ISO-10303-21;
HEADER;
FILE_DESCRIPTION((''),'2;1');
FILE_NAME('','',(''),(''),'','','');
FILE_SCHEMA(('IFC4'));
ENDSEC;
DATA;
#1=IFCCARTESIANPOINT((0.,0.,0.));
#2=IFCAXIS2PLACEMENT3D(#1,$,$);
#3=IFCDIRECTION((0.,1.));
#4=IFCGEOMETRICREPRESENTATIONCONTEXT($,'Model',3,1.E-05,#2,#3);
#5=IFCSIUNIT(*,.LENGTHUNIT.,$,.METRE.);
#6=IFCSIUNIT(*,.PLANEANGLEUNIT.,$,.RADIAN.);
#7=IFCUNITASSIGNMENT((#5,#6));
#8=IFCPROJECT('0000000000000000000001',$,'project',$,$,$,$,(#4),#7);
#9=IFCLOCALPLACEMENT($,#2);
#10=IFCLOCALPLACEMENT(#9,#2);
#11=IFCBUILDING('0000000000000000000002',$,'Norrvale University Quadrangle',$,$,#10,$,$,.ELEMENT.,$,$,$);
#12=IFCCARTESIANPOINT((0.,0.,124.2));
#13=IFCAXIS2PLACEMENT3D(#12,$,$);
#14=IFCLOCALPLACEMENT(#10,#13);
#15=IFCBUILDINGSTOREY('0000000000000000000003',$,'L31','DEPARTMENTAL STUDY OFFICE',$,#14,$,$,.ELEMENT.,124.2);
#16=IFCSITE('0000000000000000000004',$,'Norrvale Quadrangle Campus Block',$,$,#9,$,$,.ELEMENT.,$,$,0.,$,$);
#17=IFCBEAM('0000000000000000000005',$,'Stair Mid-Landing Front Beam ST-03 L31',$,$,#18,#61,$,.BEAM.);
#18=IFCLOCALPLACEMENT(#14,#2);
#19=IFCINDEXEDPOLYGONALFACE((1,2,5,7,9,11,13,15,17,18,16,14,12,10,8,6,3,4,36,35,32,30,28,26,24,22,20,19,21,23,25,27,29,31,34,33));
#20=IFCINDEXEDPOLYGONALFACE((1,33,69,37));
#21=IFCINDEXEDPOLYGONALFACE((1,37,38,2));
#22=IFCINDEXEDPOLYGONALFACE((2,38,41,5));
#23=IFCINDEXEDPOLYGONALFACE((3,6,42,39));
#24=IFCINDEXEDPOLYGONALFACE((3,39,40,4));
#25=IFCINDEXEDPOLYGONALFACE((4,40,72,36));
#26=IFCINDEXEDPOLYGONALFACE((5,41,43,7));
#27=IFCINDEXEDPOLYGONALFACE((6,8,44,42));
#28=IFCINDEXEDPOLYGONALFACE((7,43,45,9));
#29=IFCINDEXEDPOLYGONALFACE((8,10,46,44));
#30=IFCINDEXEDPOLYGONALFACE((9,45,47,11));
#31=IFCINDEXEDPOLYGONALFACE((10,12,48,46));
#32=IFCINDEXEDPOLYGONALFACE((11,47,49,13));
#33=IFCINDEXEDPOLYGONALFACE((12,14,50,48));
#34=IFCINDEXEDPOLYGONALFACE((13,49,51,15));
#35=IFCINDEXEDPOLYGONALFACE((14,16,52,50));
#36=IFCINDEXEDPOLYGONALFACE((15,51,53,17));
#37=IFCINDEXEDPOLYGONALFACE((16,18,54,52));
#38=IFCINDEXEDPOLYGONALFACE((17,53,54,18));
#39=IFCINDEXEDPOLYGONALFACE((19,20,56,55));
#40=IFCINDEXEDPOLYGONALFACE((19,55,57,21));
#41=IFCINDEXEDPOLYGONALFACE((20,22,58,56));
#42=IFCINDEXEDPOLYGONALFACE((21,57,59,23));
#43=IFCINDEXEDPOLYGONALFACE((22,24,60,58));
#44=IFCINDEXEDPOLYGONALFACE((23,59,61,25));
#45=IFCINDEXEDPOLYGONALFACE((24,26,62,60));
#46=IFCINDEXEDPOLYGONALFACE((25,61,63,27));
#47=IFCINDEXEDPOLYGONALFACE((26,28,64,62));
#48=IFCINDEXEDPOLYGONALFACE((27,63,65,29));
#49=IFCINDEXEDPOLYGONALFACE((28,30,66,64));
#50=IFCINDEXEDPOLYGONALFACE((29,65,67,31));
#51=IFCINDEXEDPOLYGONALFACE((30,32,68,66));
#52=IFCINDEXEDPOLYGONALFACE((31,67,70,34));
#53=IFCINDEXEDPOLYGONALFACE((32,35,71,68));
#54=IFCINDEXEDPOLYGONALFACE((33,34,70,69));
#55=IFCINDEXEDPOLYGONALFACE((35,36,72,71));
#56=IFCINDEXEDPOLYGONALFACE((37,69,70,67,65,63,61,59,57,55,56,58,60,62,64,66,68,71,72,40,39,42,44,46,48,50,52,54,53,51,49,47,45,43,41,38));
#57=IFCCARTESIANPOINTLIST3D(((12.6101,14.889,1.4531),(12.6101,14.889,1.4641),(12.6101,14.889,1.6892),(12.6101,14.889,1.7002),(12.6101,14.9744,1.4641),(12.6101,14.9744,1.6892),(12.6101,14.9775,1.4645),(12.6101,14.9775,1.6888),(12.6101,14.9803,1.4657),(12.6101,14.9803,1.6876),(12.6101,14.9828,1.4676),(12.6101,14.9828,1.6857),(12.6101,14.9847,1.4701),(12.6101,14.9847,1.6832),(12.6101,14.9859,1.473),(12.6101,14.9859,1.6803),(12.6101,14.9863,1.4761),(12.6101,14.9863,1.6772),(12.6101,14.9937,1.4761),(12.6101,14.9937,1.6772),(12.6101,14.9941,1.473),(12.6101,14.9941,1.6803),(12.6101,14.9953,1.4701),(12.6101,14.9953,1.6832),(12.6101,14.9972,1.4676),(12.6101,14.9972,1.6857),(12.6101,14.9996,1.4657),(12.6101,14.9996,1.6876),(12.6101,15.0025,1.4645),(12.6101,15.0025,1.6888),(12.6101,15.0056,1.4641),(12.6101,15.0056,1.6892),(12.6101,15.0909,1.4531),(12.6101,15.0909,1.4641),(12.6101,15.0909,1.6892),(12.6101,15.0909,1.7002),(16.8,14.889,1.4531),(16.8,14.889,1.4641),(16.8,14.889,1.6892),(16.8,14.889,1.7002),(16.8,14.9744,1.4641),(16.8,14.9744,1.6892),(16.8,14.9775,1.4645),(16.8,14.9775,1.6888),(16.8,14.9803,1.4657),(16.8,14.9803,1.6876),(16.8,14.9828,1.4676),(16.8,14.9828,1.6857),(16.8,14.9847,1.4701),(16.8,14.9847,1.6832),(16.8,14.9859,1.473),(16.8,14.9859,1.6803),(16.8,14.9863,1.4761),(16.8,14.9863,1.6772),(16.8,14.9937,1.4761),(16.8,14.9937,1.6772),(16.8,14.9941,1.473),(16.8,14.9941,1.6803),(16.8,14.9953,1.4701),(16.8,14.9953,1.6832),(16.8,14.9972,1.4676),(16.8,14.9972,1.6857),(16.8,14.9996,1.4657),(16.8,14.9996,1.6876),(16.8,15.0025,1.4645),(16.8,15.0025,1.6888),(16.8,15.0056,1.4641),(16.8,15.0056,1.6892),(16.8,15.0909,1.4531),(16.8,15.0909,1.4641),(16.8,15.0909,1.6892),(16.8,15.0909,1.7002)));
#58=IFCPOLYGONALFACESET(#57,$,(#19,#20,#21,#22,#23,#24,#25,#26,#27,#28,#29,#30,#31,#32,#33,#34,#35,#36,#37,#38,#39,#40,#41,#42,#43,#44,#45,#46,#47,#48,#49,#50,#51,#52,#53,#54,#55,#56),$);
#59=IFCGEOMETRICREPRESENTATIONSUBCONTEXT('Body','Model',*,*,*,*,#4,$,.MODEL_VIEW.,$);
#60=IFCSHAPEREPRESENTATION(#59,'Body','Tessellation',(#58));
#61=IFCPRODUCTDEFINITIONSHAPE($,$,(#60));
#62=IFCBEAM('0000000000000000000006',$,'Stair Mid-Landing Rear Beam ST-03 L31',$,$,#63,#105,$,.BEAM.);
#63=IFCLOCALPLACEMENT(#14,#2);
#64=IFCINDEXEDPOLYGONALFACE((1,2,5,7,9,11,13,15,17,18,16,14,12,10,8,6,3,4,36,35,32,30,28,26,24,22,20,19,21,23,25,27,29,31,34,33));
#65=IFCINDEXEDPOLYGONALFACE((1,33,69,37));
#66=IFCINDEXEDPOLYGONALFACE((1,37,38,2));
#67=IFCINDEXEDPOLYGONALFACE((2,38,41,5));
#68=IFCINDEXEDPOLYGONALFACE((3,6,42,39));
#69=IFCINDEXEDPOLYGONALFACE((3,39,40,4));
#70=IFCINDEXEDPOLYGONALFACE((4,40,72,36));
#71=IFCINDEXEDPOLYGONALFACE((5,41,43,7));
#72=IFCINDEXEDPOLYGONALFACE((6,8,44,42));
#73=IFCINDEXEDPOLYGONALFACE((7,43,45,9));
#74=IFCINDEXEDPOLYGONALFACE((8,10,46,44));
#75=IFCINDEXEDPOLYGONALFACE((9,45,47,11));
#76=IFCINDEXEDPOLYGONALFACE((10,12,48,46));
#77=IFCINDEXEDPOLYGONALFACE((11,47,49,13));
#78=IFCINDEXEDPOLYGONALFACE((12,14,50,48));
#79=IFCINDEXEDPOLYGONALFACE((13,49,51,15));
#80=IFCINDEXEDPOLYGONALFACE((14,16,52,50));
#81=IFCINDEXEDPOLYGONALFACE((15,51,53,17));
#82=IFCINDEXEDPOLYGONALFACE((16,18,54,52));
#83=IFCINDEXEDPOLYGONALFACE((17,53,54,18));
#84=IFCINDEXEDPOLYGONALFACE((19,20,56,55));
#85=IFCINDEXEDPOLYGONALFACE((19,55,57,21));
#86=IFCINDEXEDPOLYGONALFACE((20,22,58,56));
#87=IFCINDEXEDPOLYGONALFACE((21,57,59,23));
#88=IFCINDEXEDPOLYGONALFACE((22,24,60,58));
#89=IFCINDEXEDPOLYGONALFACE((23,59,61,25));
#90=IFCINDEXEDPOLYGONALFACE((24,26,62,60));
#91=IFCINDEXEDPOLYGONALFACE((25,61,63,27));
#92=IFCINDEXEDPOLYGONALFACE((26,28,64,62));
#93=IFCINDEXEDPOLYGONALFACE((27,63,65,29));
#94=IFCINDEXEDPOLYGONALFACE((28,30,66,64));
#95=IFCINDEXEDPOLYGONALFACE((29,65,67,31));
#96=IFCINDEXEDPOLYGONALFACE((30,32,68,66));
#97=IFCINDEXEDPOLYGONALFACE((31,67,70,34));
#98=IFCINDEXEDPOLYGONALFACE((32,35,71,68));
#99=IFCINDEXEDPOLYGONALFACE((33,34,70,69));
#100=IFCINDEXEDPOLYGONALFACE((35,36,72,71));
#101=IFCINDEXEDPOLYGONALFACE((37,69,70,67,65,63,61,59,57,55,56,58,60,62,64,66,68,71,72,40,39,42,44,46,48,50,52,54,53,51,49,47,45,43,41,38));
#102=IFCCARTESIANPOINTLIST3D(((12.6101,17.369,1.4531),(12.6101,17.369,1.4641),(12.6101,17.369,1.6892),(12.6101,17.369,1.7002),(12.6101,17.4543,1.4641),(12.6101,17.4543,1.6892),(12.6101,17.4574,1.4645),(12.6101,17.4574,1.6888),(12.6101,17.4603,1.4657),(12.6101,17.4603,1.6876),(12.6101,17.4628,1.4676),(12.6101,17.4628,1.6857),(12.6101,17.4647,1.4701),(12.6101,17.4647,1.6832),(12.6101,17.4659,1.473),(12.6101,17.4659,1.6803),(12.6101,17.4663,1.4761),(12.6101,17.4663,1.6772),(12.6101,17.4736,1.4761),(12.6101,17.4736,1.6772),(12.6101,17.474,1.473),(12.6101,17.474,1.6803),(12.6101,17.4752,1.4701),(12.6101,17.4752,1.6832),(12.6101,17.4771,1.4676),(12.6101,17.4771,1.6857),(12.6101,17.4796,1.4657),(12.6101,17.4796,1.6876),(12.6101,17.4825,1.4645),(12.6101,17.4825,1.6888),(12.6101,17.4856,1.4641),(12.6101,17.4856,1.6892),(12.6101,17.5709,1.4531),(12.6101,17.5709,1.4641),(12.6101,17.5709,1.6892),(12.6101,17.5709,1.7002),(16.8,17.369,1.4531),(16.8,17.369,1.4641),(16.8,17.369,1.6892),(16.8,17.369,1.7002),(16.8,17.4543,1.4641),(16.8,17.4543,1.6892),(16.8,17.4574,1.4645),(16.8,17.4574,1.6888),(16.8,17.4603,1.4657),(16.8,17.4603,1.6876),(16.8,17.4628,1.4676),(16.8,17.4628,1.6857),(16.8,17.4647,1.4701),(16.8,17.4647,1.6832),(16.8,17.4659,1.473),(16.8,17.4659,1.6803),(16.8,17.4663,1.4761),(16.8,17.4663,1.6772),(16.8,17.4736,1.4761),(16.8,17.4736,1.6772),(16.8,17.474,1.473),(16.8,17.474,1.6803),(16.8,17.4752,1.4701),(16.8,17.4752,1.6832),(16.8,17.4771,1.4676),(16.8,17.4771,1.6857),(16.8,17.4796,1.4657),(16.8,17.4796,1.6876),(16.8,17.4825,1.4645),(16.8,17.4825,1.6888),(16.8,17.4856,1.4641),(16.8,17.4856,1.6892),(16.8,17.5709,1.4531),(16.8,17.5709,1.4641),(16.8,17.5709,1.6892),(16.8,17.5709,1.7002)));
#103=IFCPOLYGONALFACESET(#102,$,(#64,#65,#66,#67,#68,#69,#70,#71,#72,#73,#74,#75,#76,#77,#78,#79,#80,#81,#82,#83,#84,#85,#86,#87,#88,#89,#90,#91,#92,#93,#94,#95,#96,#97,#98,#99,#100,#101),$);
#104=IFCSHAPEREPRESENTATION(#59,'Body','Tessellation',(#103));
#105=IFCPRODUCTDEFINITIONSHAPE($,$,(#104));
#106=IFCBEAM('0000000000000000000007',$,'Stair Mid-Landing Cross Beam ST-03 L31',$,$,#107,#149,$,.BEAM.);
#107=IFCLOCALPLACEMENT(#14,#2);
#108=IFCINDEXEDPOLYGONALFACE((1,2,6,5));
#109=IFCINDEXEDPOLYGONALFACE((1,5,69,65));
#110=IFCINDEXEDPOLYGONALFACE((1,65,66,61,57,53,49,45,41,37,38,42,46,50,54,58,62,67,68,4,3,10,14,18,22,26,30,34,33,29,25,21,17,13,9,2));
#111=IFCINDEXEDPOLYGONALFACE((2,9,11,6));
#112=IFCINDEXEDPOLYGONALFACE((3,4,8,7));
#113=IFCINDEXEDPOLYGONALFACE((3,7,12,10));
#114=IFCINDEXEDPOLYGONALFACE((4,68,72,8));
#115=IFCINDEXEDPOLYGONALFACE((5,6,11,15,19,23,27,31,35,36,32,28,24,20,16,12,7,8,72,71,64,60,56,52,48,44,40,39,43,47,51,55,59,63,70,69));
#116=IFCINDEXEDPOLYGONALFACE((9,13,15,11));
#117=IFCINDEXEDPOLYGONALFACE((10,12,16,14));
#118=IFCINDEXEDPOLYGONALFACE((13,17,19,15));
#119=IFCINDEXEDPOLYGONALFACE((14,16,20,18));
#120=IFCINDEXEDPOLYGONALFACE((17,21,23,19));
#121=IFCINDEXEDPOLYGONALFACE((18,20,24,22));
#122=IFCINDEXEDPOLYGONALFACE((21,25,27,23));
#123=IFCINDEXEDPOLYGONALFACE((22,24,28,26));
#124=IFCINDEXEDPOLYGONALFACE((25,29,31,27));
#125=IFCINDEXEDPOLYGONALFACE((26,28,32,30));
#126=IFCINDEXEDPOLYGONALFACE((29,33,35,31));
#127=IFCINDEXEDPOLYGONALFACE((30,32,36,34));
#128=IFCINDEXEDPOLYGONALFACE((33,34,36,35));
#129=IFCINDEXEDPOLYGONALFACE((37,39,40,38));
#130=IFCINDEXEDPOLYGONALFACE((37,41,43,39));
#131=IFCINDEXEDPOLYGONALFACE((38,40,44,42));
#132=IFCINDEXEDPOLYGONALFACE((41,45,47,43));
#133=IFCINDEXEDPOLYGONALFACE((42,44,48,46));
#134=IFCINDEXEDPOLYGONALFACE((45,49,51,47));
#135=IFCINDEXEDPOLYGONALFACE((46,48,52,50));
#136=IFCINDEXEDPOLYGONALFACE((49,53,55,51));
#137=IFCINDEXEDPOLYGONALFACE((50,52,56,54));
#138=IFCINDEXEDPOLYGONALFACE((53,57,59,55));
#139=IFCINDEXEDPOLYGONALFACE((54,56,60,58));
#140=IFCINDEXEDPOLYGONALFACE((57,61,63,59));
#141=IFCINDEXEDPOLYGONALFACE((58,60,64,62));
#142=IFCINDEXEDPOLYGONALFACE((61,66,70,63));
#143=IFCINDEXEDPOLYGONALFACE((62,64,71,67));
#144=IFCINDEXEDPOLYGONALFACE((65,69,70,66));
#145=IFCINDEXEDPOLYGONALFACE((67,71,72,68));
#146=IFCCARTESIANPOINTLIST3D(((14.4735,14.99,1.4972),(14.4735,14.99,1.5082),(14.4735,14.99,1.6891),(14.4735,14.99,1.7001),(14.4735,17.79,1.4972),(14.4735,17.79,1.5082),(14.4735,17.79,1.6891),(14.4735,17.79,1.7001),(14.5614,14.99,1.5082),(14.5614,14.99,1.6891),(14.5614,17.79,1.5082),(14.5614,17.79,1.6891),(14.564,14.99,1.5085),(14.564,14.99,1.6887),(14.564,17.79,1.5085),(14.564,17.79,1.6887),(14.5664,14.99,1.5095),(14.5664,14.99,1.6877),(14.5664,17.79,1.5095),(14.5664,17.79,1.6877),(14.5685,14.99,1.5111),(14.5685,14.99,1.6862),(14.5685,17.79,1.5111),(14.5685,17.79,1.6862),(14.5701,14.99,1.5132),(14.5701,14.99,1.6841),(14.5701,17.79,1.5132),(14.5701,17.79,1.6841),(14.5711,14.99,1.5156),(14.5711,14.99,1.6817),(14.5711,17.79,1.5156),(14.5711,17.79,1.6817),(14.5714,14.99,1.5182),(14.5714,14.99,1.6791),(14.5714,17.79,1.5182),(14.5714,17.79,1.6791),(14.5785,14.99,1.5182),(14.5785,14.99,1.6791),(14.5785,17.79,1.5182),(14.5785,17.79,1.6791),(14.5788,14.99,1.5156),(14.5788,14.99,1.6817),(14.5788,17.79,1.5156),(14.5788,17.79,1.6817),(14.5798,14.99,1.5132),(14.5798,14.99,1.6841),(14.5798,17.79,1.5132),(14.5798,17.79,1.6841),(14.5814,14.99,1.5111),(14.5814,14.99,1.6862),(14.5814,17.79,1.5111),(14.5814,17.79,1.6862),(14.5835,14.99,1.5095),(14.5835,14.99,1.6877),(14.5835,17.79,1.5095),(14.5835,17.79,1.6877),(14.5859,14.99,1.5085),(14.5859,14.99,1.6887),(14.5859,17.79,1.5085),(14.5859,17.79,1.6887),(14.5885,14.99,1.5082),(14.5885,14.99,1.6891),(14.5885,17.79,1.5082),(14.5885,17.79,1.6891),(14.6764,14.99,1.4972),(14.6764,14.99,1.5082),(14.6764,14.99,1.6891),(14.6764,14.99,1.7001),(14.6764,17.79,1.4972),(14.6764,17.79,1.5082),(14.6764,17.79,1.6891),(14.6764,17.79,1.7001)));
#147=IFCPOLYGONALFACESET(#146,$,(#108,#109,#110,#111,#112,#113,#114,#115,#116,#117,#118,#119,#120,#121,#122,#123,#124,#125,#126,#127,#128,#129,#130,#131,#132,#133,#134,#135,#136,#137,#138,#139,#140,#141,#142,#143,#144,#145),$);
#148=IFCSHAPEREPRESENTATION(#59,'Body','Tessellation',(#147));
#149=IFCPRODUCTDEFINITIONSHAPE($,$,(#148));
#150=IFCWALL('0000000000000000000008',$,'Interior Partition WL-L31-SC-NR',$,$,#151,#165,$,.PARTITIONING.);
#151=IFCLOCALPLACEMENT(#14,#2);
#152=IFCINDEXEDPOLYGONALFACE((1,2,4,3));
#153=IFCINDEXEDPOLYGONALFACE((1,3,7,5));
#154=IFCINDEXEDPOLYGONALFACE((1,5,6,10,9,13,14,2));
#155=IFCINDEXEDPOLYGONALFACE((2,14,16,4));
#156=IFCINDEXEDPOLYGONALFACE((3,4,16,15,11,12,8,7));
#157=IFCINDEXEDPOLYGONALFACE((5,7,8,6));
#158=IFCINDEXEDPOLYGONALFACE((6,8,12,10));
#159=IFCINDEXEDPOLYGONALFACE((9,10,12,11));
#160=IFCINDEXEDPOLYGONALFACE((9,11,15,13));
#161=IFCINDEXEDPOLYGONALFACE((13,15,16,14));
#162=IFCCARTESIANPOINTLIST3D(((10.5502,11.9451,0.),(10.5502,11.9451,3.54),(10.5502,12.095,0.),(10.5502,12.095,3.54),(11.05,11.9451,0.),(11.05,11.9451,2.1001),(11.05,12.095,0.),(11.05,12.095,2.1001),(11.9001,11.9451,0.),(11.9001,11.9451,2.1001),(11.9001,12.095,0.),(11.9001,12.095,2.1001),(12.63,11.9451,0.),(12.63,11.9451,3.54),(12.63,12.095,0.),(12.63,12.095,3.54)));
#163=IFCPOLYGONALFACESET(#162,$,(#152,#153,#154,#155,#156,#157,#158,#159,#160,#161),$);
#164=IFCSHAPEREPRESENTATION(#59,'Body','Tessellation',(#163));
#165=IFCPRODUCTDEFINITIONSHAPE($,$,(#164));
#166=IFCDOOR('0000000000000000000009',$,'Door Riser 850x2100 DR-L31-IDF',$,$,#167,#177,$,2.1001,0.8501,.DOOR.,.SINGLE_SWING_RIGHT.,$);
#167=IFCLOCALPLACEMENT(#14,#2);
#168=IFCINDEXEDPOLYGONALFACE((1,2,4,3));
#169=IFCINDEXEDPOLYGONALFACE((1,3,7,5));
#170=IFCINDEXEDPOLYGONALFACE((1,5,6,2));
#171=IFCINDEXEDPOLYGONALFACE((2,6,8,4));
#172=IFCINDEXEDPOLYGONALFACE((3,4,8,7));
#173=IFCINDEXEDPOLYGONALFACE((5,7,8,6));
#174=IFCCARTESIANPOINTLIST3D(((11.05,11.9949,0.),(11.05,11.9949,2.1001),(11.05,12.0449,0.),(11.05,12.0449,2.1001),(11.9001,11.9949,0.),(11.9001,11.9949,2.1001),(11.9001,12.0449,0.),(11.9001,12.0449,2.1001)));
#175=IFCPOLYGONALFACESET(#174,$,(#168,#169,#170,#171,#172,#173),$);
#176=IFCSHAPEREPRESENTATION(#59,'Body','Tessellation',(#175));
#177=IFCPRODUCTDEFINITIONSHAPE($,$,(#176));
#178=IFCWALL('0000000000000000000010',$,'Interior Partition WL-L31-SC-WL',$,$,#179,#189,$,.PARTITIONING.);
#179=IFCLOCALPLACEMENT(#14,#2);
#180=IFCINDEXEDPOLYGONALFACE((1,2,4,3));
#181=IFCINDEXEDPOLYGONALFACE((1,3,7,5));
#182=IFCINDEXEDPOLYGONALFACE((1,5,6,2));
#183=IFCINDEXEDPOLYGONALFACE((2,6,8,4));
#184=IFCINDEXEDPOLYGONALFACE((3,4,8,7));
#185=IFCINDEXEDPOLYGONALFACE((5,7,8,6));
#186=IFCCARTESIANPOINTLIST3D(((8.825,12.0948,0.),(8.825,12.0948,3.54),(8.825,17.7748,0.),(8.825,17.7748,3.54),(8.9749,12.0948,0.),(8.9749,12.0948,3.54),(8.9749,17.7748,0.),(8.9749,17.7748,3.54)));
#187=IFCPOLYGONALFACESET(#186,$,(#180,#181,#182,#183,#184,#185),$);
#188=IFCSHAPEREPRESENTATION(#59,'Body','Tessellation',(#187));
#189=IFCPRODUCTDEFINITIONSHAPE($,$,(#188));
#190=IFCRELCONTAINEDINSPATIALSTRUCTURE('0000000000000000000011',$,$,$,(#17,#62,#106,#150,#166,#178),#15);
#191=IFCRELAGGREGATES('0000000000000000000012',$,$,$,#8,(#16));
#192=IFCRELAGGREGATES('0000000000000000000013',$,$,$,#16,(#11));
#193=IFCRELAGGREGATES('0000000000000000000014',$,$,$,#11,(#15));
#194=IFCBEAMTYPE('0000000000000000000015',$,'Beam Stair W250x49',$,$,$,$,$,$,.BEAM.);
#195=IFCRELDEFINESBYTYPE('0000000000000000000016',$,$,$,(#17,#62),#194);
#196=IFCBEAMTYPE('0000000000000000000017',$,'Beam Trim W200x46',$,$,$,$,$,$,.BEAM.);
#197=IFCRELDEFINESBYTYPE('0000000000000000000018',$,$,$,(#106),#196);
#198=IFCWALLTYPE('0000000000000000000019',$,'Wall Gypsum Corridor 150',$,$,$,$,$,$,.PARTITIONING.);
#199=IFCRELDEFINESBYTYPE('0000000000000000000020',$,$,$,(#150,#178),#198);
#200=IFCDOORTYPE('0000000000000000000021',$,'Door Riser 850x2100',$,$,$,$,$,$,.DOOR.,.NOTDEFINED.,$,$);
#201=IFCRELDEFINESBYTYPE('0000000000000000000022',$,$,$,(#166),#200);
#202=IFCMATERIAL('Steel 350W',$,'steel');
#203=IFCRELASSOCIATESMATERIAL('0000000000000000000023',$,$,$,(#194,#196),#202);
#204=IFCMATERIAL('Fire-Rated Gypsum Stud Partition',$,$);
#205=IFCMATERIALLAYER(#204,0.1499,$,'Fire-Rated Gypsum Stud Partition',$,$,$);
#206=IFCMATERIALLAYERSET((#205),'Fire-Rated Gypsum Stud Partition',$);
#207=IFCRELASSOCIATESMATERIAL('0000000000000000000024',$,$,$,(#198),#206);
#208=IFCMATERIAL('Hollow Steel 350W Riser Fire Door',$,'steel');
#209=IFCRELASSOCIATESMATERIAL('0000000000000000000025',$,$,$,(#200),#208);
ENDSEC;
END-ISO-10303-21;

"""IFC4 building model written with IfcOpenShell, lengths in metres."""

from ifc_helpers import new_model, si_unit, direction, frame, frame_2d, origin, origin_2d, place, context, subcontext, project, spatial, rectangle, i_section, extrude, material, layer, layer_set, material_profile, profile_set, type_object, element, fill, save


model = new_model("IFC4")

# Units and contexts
model_context = context("Model", 3, precision=1e-05, world=origin(), true_north=direction((0.0, 1.0)))
body_context = subcontext(model_context, "Body", "Model", "MODEL_VIEW")
ifc_project = project(units=[si_unit("LENGTHUNIT", "METRE"), si_unit("PLANEANGLEUNIT", "RADIAN")], contexts=[model_context])

# Site, building, storey
site_placement = place(None, origin())
site = spatial("IfcSite", under=ifc_project, at=site_placement, Name="Norrvale Quadrangle Campus Block", CompositionType="ELEMENT", RefElevation=0.0)
building_placement = place(site_placement, origin())
building = spatial("IfcBuilding", under=site, at=building_placement, Name="Norrvale University Quadrangle", CompositionType="ELEMENT")
storey_placement = place(building_placement, frame((0.0, 0.0, 124.2)))
storey = spatial("IfcBuildingStorey", under=building, at=storey_placement, Name="L31", Description="DEPARTMENTAL STUDY OFFICE", CompositionType="ELEMENT", Elevation=124.2)

# Beams
ifc_material_1 = material(Name="Steel 350W", Category="steel")
ifc_material_profile_1 = material_profile(ifc_material_1, i_section(OverallWidth=0.2019, OverallDepth=0.2471, WebThickness=0.0073, FlangeThickness=0.011, FilletRadius=0.012, at=origin_2d()), Name="Steel 350W")
ifc_profile_set_1 = profile_set([ifc_material_profile_1], Name="Steel 350W")
beam_type_1 = type_object("IfcBeamType", Name="Beam Stair W250x49", PredefinedType="BEAM", material=ifc_profile_set_1)
for number, where, z_axis, x_axis, name in (
    (1, (12.6101, 14.99, 1.5767), (1.0, 0.0, 0.0), (0.0, 1.0, 0.0), "Stair Mid-Landing Front Beam ST-03 L31"),
    (2, (12.6101, 17.47, 1.5767), (1.0, 0.0, 0.0), (0.0, 1.0, 0.0), "Stair Mid-Landing Rear Beam ST-03 L31"),
):
    element("IfcBeam", number, at=place(storey_placement, frame(where, z_axis=z_axis, x_axis=x_axis)), inside=storey, type_object=beam_type_1, Name=name, PredefinedType="BEAM", context=body_context, shape_type="SweptSolid", body=[
        extrude(i_section(OverallWidth=0.2019, OverallDepth=0.2471, WebThickness=0.0073, FlangeThickness=0.011, FilletRadius=0.012, at=origin_2d()), origin(), (0.0, 0.0, 1.0), 4.1899),
    ])
ifc_material_profile_2 = material_profile(ifc_material_1, i_section(OverallWidth=0.2029, OverallDepth=0.2029, WebThickness=0.0071, FlangeThickness=0.011, FilletRadius=0.01, at=origin_2d()), Name="Steel 350W")
ifc_profile_set_2 = profile_set([ifc_material_profile_2], Name="Steel 350W")
beam_type_2 = type_object("IfcBeamType", Name="Beam Trim W200x46", PredefinedType="BEAM", material=ifc_profile_set_2)
beam_placement = place(storey_placement, frame((14.575, 14.99, 1.5986), z_axis=(0.0, 1.0, 0.0), x_axis=(-1.0, 0.0, 0.0)))
element("IfcBeam", 3, at=beam_placement, inside=storey, type_object=beam_type_2, Name="Stair Mid-Landing Cross Beam ST-03 L31", PredefinedType="BEAM", context=body_context, shape_type="SweptSolid", body=[
    extrude(i_section(OverallWidth=0.2029, OverallDepth=0.2029, WebThickness=0.0071, FlangeThickness=0.011, FilletRadius=0.01, at=origin_2d()), origin(), (0.0, 0.0, 1.0), 2.8),
])

# Wall, opening, door
ifc_material_2 = material(Name="Fire-Rated Gypsum Stud Partition")
ifc_layer_1 = layer(ifc_material_2, 0.1499, Name="Fire-Rated Gypsum Stud Partition")
ifc_layer_set_1 = layer_set([ifc_layer_1], Name="Fire-Rated Gypsum Stud Partition")
wall_type_1 = type_object("IfcWallType", Name="Wall Gypsum Corridor 150", PredefinedType="PARTITIONING", material=ifc_layer_set_1)
wall_1_placement = place(storey_placement, frame((10.55, 12.02, 0.0), z_axis=(0.0, 0.0, 1.0), x_axis=(1.0, 0.0, 0.0)))
wall_1 = element("IfcWall", 4, at=wall_1_placement, inside=storey, type_object=wall_type_1, Name="Interior Partition WL-L31-SC-NR", PredefinedType="PARTITIONING", context=body_context, shape_type="SweptSolid", body=[
    extrude(rectangle(XDim=2.0798, YDim=0.1499, at=frame_2d((1.04, 0.0))), origin(), (0.0, 0.0, 1.0), 3.54),
])
opening_1_placement = place(wall_1_placement, frame((0.5, 0.0, 0.0)))
opening_1 = element("IfcOpeningElement", 5, at=opening_1_placement, cuts=wall_1, PredefinedType="OPENING", context=body_context, shape_type="SweptSolid", body=[
    extrude(rectangle(XDim=0.8501, YDim=2.1001, at=frame_2d((0.425, 1.05))), frame((0.0, 0.0869, 0.0), z_axis=(0.0, -1.0, 0.0), x_axis=(1.0, 0.0, 0.0)), (0.0, 0.0, 1.0), 0.1738),
])
ifc_material_3 = material(Name="Hollow Steel 350W Riser Fire Door", Category="steel")
door_type_1 = type_object("IfcDoorType", Name="Door Riser 850x2100", OperationType="NOTDEFINED", PredefinedType="DOOR", material=ifc_material_3)
door_1_placement = place(opening_1_placement, origin())
door_1 = element("IfcDoor", 6, at=door_1_placement, inside=storey, type_object=door_type_1, Name="Door Riser 850x2100 DR-L31-IDF", OperationType="SINGLE_SWING_RIGHT", OverallHeight=2.1001, OverallWidth=0.8501, PredefinedType="DOOR", context=body_context, shape_type="SweptSolid", body=[
    extrude(rectangle(XDim=0.8501, YDim=2.1001, at=frame_2d((0.425, 1.05))), frame((0.0, 0.0249, 0.0), z_axis=(0.0, -1.0, 0.0), x_axis=(1.0, 0.0, 0.0)), (0.0, 0.0, 1.0), 0.05),
])
fill(opening_1, door_1)

# Wall
for number, where, z_axis, x_axis, name in (
    (7, (8.8999, 12.095, 0.0), (0.0, 0.0, 1.0), (0.0, 1.0, 0.0), "Interior Partition WL-L31-SC-WL"),
):
    element("IfcWall", number, at=place(storey_placement, frame(where, z_axis=z_axis, x_axis=x_axis)), inside=storey, type_object=wall_type_1, Name=name, PredefinedType="PARTITIONING", context=body_context, shape_type="SweptSolid", body=[
        extrude(rectangle(XDim=5.6799, YDim=0.1499, at=frame_2d((2.8398, 0.0))), origin(), (0.0, 0.0, 1.0), 3.54),
    ])

save(model, "model.ifc")
